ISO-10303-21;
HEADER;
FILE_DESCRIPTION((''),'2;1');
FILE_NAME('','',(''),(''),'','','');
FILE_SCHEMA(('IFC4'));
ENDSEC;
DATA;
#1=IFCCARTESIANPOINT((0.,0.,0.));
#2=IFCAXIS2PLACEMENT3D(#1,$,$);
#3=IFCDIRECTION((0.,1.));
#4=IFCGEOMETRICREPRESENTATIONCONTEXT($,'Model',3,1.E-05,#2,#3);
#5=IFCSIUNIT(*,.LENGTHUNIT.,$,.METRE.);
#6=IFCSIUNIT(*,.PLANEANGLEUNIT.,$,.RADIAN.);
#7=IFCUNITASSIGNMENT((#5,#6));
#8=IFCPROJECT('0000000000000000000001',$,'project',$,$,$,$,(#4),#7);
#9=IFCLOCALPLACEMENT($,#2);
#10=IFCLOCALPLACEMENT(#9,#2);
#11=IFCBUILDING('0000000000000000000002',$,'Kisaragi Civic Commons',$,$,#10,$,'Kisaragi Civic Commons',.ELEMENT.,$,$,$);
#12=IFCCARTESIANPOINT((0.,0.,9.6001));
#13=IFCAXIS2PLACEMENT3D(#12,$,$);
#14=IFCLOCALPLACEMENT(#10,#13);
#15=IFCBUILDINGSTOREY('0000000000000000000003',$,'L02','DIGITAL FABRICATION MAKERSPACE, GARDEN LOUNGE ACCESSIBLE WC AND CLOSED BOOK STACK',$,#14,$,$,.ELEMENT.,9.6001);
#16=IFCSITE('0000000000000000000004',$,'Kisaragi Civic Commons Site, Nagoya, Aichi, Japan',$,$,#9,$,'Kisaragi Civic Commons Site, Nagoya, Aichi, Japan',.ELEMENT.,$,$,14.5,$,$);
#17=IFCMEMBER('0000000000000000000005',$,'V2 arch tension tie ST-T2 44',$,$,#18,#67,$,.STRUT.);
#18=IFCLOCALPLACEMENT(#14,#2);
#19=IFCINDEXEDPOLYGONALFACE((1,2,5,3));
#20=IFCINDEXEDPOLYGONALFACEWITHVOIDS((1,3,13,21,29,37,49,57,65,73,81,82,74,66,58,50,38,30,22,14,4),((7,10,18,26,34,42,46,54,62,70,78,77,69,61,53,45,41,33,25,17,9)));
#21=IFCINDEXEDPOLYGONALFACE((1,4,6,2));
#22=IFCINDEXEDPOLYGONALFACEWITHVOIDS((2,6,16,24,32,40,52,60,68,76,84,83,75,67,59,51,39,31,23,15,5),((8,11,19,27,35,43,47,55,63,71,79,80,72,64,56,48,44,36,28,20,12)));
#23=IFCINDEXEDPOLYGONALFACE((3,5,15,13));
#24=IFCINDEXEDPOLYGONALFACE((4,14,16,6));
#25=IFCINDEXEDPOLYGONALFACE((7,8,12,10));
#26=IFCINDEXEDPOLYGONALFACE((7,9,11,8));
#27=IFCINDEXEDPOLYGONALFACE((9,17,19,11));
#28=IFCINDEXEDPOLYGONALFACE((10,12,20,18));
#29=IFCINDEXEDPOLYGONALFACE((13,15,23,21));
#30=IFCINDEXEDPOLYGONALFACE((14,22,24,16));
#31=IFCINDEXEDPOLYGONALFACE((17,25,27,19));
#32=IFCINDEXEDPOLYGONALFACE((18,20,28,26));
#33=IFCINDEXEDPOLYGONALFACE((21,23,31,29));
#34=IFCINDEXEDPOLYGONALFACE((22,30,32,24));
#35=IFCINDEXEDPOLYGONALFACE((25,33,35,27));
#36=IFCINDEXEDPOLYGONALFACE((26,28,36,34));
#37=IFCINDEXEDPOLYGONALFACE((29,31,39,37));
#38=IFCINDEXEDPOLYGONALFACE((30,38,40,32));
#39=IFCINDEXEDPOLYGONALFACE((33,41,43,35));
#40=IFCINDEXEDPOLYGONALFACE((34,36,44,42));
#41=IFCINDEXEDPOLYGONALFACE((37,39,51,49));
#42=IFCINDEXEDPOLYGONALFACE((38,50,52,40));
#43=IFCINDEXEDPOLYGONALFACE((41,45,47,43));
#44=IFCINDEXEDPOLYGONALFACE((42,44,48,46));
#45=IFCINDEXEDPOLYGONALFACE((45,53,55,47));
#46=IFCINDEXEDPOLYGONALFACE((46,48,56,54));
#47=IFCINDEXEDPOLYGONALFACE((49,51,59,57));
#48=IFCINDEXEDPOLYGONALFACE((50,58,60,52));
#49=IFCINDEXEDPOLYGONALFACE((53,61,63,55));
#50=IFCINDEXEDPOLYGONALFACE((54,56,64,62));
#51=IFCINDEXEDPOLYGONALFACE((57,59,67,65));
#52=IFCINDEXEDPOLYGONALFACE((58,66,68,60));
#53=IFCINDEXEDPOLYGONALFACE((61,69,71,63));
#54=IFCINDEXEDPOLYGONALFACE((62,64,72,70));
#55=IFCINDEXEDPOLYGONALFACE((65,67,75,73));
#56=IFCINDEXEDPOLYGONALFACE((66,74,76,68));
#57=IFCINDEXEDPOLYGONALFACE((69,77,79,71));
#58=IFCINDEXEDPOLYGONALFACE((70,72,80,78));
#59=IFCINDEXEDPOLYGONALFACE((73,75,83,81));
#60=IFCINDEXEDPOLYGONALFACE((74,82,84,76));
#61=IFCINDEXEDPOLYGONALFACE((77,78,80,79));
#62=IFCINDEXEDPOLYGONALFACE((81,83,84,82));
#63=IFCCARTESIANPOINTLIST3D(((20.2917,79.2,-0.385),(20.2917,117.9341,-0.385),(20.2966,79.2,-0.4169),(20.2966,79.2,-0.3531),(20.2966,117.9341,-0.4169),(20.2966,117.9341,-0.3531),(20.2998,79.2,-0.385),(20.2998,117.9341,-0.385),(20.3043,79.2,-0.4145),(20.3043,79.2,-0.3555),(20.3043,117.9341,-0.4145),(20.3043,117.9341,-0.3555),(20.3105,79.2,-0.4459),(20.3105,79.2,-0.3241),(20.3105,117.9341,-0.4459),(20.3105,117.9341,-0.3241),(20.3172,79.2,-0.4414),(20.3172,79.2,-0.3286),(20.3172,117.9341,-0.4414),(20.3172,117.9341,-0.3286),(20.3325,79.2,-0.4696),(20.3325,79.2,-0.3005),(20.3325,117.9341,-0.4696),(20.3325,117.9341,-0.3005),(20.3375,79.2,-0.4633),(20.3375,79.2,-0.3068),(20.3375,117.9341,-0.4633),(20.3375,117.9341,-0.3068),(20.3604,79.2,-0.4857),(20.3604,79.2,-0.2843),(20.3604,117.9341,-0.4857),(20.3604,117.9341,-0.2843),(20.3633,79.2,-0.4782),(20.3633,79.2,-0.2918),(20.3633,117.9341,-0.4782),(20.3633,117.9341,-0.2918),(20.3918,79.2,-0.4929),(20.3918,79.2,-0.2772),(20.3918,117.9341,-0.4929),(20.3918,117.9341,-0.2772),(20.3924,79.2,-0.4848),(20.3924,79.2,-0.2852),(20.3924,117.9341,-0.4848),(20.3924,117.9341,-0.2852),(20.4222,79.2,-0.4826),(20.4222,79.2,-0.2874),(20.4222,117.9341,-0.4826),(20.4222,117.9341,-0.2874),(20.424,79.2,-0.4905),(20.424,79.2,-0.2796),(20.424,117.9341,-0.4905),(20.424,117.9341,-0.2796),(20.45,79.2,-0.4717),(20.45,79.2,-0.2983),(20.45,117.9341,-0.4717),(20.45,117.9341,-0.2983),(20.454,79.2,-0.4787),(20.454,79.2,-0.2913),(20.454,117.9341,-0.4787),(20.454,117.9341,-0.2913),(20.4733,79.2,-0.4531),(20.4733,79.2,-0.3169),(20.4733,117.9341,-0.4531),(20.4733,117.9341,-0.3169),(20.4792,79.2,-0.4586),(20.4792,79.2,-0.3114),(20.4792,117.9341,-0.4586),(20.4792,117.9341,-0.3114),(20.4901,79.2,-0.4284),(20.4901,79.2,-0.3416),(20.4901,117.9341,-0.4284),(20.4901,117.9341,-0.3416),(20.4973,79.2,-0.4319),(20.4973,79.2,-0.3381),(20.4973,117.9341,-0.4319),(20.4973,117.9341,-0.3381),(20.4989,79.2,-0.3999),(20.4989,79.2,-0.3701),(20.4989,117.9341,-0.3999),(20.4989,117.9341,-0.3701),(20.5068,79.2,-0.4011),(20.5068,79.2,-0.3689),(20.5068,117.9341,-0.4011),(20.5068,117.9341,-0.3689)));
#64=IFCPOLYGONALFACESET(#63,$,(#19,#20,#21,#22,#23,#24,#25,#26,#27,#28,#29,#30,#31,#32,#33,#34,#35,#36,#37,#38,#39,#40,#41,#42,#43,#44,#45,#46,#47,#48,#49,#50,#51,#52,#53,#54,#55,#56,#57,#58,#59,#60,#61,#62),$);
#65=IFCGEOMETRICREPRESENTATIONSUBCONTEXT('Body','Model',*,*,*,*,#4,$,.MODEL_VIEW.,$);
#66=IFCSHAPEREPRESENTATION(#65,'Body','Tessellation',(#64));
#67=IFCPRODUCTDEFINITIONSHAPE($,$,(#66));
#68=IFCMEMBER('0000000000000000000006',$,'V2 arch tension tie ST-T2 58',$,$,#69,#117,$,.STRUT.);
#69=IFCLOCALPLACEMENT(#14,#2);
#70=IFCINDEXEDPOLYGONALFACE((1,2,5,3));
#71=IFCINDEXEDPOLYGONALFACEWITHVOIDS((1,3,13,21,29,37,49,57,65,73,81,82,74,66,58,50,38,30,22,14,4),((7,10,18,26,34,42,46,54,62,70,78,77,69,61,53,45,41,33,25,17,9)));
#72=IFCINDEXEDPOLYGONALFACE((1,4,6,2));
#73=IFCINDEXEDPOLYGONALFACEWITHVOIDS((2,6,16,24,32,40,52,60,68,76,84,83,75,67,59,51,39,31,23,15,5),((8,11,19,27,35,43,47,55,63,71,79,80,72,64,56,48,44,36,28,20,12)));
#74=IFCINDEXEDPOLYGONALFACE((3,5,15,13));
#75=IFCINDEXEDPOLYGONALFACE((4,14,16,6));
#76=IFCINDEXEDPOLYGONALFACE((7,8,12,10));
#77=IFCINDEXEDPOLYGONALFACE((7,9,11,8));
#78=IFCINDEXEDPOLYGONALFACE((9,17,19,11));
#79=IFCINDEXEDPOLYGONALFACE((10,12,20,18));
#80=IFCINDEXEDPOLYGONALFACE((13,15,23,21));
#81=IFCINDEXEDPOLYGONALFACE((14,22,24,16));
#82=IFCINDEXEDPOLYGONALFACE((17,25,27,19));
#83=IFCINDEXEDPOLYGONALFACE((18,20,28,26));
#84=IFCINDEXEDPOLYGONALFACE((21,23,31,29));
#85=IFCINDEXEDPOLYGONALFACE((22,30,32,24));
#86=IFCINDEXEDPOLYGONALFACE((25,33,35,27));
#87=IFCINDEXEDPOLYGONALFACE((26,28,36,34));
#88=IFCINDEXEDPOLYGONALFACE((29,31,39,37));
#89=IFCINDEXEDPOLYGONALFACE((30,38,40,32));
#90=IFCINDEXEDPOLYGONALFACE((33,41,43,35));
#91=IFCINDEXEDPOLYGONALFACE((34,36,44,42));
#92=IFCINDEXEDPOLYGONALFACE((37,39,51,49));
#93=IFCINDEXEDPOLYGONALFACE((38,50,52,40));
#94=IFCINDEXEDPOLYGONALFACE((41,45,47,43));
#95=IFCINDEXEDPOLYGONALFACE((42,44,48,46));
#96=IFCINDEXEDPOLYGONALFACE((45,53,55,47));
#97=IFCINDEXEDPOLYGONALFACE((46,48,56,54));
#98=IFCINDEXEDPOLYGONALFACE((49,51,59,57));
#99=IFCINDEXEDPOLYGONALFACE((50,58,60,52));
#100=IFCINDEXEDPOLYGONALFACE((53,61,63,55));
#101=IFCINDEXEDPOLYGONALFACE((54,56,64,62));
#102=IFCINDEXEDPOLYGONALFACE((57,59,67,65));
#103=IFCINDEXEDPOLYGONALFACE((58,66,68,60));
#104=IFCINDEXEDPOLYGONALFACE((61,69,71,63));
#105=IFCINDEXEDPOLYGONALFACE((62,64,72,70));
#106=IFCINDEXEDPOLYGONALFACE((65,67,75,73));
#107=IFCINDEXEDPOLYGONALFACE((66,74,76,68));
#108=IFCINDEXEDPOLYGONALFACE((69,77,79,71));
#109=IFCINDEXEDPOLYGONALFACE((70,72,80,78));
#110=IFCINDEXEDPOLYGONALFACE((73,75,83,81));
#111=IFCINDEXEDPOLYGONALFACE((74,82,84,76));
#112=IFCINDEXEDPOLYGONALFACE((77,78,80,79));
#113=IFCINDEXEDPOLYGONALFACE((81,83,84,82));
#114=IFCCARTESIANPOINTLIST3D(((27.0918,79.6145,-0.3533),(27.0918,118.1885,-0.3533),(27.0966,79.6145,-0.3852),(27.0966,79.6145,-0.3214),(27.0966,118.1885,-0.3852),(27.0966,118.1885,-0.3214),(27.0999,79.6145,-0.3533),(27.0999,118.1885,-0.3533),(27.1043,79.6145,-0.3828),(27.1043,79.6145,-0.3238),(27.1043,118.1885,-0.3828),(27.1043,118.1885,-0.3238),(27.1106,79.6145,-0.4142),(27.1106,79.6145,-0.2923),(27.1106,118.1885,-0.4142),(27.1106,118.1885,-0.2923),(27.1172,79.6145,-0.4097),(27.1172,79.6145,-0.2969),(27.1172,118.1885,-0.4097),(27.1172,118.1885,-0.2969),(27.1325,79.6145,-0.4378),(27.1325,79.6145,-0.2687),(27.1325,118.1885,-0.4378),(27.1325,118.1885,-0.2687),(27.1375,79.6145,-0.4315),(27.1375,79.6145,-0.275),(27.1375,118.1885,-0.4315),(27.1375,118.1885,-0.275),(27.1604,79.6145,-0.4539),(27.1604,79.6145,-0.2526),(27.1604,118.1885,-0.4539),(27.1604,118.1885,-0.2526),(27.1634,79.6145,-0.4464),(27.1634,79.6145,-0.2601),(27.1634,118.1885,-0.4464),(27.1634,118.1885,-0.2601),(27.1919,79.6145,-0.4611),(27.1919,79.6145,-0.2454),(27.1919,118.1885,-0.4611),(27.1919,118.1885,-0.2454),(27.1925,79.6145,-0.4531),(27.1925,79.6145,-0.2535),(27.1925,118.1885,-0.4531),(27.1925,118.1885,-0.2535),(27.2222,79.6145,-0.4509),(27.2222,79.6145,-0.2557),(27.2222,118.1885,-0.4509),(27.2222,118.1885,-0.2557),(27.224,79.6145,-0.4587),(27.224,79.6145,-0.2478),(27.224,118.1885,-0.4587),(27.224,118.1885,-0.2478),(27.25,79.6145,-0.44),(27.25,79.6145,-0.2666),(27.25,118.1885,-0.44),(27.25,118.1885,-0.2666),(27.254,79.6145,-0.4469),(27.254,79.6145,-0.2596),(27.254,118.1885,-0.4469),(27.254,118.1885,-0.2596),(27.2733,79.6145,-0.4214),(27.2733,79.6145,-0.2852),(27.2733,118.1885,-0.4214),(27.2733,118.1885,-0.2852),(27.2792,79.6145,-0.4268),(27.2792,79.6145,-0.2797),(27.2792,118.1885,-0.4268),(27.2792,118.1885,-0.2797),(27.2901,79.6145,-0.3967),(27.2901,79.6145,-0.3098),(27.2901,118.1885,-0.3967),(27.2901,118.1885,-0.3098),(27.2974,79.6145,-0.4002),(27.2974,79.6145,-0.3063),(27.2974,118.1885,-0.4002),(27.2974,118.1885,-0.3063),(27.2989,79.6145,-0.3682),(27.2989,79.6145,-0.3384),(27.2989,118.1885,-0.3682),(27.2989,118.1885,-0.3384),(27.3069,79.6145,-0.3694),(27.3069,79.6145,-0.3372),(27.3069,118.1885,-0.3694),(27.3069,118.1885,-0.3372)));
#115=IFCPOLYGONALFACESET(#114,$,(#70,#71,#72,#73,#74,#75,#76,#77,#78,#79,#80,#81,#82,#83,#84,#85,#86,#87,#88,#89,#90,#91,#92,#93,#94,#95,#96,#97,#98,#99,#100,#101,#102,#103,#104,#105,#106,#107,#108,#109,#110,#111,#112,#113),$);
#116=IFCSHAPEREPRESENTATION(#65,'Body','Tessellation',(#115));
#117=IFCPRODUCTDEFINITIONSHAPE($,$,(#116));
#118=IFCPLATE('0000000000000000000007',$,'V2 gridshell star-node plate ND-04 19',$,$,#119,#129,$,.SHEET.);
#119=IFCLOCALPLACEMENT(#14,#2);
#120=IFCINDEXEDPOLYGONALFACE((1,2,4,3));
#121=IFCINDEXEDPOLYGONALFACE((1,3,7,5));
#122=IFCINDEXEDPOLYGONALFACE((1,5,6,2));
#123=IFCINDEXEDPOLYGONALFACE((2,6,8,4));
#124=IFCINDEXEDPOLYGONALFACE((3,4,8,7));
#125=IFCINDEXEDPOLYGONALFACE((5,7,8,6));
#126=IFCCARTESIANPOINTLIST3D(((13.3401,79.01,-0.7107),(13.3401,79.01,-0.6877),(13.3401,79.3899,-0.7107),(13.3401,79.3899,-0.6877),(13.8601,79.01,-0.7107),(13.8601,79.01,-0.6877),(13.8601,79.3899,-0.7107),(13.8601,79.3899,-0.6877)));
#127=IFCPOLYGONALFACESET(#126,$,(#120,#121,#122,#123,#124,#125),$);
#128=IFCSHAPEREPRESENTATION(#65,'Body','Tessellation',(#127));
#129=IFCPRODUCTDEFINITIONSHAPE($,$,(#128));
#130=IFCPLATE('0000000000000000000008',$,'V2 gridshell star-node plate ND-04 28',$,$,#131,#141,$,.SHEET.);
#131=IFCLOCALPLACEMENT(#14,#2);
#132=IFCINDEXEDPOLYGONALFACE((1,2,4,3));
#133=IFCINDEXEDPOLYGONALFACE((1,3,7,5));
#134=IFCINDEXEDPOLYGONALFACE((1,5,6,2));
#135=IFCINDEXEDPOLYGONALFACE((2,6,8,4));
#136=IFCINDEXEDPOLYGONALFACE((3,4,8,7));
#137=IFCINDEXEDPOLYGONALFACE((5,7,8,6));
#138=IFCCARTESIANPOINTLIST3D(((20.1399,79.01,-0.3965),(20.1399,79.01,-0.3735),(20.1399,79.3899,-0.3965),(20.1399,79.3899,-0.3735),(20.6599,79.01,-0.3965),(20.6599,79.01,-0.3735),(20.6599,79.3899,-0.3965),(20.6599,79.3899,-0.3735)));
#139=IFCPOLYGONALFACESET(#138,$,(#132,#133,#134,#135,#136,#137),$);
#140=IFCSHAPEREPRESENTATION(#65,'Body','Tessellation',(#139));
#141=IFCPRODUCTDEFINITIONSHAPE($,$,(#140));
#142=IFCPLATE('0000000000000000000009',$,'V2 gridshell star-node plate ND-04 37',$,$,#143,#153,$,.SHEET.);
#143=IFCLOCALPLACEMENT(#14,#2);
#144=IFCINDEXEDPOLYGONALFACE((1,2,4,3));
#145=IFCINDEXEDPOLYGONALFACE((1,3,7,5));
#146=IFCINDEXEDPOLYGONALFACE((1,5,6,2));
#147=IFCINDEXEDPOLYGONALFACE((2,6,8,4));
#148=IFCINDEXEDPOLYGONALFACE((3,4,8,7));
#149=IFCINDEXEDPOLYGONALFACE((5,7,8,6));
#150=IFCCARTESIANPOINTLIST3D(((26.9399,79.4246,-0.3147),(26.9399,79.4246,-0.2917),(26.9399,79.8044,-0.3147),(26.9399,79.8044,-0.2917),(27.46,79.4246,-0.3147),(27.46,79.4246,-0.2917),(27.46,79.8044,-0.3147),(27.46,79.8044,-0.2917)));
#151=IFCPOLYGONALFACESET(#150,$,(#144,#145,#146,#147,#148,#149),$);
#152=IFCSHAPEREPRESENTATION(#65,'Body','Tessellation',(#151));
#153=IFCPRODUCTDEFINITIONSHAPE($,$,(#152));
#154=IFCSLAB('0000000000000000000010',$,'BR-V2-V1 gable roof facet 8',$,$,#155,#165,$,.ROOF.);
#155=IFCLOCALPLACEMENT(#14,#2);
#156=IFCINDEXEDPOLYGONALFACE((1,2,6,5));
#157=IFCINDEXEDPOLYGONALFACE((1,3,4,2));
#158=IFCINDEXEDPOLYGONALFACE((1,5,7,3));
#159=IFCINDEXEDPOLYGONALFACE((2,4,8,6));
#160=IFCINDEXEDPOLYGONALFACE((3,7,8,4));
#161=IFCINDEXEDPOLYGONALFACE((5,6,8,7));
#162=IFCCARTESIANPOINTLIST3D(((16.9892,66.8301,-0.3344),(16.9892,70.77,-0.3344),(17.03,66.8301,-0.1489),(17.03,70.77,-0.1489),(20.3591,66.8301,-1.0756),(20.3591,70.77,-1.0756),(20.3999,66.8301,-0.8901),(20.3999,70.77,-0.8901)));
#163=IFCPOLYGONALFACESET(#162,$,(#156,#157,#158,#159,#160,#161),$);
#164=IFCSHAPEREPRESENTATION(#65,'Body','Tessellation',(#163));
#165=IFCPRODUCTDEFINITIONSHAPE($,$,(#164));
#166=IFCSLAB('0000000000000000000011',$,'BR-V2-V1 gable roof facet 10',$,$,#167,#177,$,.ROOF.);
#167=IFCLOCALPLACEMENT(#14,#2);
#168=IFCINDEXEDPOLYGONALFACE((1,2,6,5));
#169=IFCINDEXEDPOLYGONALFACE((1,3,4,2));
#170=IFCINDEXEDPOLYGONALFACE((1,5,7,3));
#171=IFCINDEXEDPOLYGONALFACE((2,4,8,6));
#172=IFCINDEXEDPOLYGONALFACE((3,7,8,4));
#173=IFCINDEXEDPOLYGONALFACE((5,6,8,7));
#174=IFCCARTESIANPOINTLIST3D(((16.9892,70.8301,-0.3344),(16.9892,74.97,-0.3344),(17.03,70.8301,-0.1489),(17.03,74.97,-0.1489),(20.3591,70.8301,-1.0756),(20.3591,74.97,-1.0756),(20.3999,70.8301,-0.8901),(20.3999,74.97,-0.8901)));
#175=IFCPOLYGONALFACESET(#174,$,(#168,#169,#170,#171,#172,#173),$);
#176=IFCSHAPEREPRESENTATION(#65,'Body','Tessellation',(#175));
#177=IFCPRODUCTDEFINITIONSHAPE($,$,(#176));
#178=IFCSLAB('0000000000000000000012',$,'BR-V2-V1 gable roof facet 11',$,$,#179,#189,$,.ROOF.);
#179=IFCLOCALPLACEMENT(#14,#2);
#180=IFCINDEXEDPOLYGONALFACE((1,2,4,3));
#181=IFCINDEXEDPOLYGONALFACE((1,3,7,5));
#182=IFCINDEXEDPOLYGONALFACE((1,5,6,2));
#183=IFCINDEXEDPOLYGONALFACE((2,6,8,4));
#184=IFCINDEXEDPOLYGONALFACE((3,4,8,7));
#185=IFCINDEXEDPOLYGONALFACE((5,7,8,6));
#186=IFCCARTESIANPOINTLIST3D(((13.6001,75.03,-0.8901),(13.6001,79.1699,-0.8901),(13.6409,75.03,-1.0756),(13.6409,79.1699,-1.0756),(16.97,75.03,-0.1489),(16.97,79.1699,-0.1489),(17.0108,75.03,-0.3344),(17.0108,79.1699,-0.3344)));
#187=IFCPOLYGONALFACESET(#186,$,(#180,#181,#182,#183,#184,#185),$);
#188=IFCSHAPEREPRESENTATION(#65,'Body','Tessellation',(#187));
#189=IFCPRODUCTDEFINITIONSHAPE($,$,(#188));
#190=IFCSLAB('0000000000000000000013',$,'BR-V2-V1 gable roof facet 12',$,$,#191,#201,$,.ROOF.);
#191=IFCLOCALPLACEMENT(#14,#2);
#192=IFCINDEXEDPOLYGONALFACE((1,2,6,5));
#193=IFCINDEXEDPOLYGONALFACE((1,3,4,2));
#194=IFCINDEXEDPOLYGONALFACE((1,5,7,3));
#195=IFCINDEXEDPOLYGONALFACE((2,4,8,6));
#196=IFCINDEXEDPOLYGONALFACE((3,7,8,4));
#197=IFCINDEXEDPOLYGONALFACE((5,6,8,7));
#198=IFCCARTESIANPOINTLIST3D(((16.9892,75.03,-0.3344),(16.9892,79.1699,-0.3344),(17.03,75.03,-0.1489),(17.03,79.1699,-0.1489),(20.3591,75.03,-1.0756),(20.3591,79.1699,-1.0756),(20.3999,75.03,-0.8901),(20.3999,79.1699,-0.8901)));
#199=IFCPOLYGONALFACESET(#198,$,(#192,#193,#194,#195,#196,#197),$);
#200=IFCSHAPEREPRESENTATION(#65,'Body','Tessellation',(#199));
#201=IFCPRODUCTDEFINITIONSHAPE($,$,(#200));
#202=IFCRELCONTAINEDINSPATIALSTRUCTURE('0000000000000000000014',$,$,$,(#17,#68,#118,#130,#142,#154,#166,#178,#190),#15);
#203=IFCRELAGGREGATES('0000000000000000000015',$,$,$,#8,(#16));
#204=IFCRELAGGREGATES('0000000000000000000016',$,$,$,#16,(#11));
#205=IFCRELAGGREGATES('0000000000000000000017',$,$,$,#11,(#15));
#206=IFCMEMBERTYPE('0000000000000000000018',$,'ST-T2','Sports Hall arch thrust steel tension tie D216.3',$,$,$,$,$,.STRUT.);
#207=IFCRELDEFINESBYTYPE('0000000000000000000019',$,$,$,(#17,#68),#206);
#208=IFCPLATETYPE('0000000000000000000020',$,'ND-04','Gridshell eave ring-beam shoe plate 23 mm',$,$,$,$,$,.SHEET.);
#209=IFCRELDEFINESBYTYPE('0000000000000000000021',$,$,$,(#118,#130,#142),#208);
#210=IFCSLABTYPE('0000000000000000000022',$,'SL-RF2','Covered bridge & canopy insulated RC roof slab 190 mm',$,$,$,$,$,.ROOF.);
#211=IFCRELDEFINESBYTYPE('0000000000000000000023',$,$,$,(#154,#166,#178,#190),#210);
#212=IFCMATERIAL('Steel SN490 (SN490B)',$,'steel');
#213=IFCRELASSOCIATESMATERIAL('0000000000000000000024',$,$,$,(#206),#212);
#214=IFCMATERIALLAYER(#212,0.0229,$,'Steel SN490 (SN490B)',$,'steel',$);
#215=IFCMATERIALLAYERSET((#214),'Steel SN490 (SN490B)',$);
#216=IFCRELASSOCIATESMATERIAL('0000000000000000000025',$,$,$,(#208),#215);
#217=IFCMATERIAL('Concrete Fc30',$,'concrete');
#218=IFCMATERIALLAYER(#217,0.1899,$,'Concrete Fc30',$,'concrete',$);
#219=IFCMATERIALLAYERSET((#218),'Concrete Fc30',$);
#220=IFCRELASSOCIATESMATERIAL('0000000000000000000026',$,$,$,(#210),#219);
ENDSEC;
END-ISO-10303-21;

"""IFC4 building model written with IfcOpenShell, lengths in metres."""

from ifc_helpers import new_model, si_unit, direction, frame, origin, origin_2d, place, context, subcontext, project, spatial, polyline, rectangle, hollow_circle, outline, extrude, material, layer, layer_set, material_profile, profile_set, type_object, element, save


model = new_model("IFC4")

# Units and contexts
model_context = context("Model", 3, precision=1e-05, world=origin(), true_north=direction((0.0, 1.0)))
body_context = subcontext(model_context, "Body", "Model", "MODEL_VIEW")
ifc_project = project(units=[si_unit("LENGTHUNIT", "METRE"), si_unit("PLANEANGLEUNIT", "RADIAN")], contexts=[model_context])

# Site, building, storey
site_placement = place(None, origin())
site = spatial("IfcSite", under=ifc_project, at=site_placement, Name="Kisaragi Civic Commons Site, Nagoya, Aichi, Japan", LongName="Kisaragi Civic Commons Site, Nagoya, Aichi, Japan", CompositionType="ELEMENT", RefElevation=14.5)
building_placement = place(site_placement, origin())
building = spatial("IfcBuilding", under=site, at=building_placement, Name="Kisaragi Civic Commons", LongName="Kisaragi Civic Commons", CompositionType="ELEMENT")
storey_placement = place(building_placement, frame((0.0, 0.0, 9.6001)))
storey = spatial("IfcBuildingStorey", under=building, at=storey_placement, Name="L02", Description="DIGITAL FABRICATION MAKERSPACE, GARDEN LOUNGE ACCESSIBLE WC AND CLOSED BOOK STACK", CompositionType="ELEMENT", Elevation=9.6001)

# Shared definitions
ifc_material_1 = material(Name="Steel SN490 (SN490B)", Category="steel")

# Members
ifc_material_profile_1 = material_profile(ifc_material_1, hollow_circle(Radius=0.1082, WallThickness=0.0081, at=origin_2d()), Name="CHS-216.3x8.0", Category="steel")
ifc_profile_set_1 = profile_set([ifc_material_profile_1], Name="Steel SN490 (SN490B)")
member_type_1 = type_object("IfcMemberType", Name="ST-T2", Description="Sports Hall arch thrust steel tension tie D216.3", PredefinedType="STRUT", material=ifc_profile_set_1)
member_1_placement = place(storey_placement, frame((20.3999, 79.2, -0.385), z_axis=(0.0, 1.0, 0.0), x_axis=(-1.0, 0.0, 0.0)))
element("IfcMember", 1, at=member_1_placement, inside=storey, type_object=member_type_1, Name="V2 arch tension tie ST-T2 44", PredefinedType="STRUT", context=body_context, shape_type="SweptSolid", body=[
    extrude(hollow_circle(Radius=0.1082, WallThickness=0.0081, at=origin_2d()), origin(), (0.0, 0.0, 1.0), 38.7341),
])
member_2_placement = place(storey_placement, frame((27.2, 79.6145, -0.3533), z_axis=(0.0, 1.0, 0.0), x_axis=(-1.0, 0.0, 0.0)))
element("IfcMember", 2, at=member_2_placement, inside=storey, type_object=member_type_1, Name="V2 arch tension tie ST-T2 58", PredefinedType="STRUT", context=body_context, shape_type="SweptSolid", body=[
    extrude(hollow_circle(Radius=0.1082, WallThickness=0.0081, at=origin_2d()), origin(), (0.0, 0.0, 1.0), 38.574),
])

# Plates
ifc_layer_1 = layer(ifc_material_1, 0.0229, Name="Steel SN490 (SN490B)", Category="steel")
ifc_layer_set_1 = layer_set([ifc_layer_1], Name="Steel SN490 (SN490B)")
plate_type = type_object("IfcPlateType", Name="ND-04", Description="Gridshell eave ring-beam shoe plate 23 mm", PredefinedType="SHEET", material=ifc_layer_set_1)
for number, where, z_axis, x_axis, name in (
    (3, (13.6001, 79.2, -0.7107), (0.0, 0.0, 1.0), (1.0, 0.0, 0.0), "V2 gridshell star-node plate ND-04 19"),
    (4, (20.3999, 79.2, -0.3965), (0.0, 0.0, 1.0), (1.0, 0.0, 0.0), "V2 gridshell star-node plate ND-04 28"),
    (5, (27.2, 79.6145, -0.3147), (0.0, 0.0, 1.0), (1.0, 0.0, 0.0), "V2 gridshell star-node plate ND-04 37"),
):
    element("IfcPlate", number, at=place(storey_placement, frame(where, z_axis=z_axis, x_axis=x_axis)), inside=storey, type_object=plate_type, Name=name, PredefinedType="SHEET", context=body_context, shape_type="SweptSolid", body=[
        extrude(rectangle(XDim=0.52, YDim=0.3799, at=origin_2d()), origin(), (0.0, 0.0, 1.0), 0.0229),
    ])

# Slabs
ifc_material_2 = material(Name="Concrete Fc30", Category="concrete")
ifc_layer_2 = layer(ifc_material_2, 0.1899, Name="Concrete Fc30", Category="concrete")
ifc_layer_set_2 = layer_set([ifc_layer_2], Name="Concrete Fc30")
slab_type = type_object("IfcSlabType", Name="SL-RF2", Description="Covered bridge & canopy insulated RC roof slab 190 mm", PredefinedType="ROOF", material=ifc_layer_set_2)
slab_placement = place(storey_placement, frame((17.03, 66.8301, -0.1489), z_axis=(0.214817, 0.0, 0.976654), x_axis=(0.976654, 0.0, -0.214817)))
element("IfcSlab", 6, at=slab_placement, inside=storey, type_object=slab_type, Name="BR-V2-V1 gable roof facet 8", PredefinedType="ROOF", context=body_context, shape_type="SweptSolid", body=[
    extrude(outline(polyline([(0.0, 0.0), (3.4504, 0.0), (3.4504, 3.9399), (0.0, 3.9399), (0.0, 0.0)])), origin(), (0.0, 0.0, -1.0), 0.1899),
])
for number, where, z_axis, x_axis, name in (
    (7, (17.03, 70.8301, -0.1489), (0.214817, 0.0, 0.976654), (0.976654, 0.0, -0.214817), "BR-V2-V1 gable roof facet 10"),
    (8, (13.6001, 75.03, -0.8901), (-0.214817, 0.0, 0.976654), (0.976654, 0.0, 0.214817), "BR-V2-V1 gable roof facet 11"),
    (9, (17.03, 75.03, -0.1489), (0.214817, 0.0, 0.976654), (0.976654, 0.0, -0.214817), "BR-V2-V1 gable roof facet 12"),
):
    element("IfcSlab", number, at=place(storey_placement, frame(where, z_axis=z_axis, x_axis=x_axis)), inside=storey, type_object=slab_type, Name=name, PredefinedType="ROOF", context=body_context, shape_type="SweptSolid", body=[
        extrude(outline(polyline([(0.0, 0.0), (3.4504, 0.0), (3.4504, 4.1399), (0.0, 4.1399), (0.0, 0.0)])), origin(), (0.0, 0.0, -1.0), 0.1899),
    ])

save(model, "model.ifc")
